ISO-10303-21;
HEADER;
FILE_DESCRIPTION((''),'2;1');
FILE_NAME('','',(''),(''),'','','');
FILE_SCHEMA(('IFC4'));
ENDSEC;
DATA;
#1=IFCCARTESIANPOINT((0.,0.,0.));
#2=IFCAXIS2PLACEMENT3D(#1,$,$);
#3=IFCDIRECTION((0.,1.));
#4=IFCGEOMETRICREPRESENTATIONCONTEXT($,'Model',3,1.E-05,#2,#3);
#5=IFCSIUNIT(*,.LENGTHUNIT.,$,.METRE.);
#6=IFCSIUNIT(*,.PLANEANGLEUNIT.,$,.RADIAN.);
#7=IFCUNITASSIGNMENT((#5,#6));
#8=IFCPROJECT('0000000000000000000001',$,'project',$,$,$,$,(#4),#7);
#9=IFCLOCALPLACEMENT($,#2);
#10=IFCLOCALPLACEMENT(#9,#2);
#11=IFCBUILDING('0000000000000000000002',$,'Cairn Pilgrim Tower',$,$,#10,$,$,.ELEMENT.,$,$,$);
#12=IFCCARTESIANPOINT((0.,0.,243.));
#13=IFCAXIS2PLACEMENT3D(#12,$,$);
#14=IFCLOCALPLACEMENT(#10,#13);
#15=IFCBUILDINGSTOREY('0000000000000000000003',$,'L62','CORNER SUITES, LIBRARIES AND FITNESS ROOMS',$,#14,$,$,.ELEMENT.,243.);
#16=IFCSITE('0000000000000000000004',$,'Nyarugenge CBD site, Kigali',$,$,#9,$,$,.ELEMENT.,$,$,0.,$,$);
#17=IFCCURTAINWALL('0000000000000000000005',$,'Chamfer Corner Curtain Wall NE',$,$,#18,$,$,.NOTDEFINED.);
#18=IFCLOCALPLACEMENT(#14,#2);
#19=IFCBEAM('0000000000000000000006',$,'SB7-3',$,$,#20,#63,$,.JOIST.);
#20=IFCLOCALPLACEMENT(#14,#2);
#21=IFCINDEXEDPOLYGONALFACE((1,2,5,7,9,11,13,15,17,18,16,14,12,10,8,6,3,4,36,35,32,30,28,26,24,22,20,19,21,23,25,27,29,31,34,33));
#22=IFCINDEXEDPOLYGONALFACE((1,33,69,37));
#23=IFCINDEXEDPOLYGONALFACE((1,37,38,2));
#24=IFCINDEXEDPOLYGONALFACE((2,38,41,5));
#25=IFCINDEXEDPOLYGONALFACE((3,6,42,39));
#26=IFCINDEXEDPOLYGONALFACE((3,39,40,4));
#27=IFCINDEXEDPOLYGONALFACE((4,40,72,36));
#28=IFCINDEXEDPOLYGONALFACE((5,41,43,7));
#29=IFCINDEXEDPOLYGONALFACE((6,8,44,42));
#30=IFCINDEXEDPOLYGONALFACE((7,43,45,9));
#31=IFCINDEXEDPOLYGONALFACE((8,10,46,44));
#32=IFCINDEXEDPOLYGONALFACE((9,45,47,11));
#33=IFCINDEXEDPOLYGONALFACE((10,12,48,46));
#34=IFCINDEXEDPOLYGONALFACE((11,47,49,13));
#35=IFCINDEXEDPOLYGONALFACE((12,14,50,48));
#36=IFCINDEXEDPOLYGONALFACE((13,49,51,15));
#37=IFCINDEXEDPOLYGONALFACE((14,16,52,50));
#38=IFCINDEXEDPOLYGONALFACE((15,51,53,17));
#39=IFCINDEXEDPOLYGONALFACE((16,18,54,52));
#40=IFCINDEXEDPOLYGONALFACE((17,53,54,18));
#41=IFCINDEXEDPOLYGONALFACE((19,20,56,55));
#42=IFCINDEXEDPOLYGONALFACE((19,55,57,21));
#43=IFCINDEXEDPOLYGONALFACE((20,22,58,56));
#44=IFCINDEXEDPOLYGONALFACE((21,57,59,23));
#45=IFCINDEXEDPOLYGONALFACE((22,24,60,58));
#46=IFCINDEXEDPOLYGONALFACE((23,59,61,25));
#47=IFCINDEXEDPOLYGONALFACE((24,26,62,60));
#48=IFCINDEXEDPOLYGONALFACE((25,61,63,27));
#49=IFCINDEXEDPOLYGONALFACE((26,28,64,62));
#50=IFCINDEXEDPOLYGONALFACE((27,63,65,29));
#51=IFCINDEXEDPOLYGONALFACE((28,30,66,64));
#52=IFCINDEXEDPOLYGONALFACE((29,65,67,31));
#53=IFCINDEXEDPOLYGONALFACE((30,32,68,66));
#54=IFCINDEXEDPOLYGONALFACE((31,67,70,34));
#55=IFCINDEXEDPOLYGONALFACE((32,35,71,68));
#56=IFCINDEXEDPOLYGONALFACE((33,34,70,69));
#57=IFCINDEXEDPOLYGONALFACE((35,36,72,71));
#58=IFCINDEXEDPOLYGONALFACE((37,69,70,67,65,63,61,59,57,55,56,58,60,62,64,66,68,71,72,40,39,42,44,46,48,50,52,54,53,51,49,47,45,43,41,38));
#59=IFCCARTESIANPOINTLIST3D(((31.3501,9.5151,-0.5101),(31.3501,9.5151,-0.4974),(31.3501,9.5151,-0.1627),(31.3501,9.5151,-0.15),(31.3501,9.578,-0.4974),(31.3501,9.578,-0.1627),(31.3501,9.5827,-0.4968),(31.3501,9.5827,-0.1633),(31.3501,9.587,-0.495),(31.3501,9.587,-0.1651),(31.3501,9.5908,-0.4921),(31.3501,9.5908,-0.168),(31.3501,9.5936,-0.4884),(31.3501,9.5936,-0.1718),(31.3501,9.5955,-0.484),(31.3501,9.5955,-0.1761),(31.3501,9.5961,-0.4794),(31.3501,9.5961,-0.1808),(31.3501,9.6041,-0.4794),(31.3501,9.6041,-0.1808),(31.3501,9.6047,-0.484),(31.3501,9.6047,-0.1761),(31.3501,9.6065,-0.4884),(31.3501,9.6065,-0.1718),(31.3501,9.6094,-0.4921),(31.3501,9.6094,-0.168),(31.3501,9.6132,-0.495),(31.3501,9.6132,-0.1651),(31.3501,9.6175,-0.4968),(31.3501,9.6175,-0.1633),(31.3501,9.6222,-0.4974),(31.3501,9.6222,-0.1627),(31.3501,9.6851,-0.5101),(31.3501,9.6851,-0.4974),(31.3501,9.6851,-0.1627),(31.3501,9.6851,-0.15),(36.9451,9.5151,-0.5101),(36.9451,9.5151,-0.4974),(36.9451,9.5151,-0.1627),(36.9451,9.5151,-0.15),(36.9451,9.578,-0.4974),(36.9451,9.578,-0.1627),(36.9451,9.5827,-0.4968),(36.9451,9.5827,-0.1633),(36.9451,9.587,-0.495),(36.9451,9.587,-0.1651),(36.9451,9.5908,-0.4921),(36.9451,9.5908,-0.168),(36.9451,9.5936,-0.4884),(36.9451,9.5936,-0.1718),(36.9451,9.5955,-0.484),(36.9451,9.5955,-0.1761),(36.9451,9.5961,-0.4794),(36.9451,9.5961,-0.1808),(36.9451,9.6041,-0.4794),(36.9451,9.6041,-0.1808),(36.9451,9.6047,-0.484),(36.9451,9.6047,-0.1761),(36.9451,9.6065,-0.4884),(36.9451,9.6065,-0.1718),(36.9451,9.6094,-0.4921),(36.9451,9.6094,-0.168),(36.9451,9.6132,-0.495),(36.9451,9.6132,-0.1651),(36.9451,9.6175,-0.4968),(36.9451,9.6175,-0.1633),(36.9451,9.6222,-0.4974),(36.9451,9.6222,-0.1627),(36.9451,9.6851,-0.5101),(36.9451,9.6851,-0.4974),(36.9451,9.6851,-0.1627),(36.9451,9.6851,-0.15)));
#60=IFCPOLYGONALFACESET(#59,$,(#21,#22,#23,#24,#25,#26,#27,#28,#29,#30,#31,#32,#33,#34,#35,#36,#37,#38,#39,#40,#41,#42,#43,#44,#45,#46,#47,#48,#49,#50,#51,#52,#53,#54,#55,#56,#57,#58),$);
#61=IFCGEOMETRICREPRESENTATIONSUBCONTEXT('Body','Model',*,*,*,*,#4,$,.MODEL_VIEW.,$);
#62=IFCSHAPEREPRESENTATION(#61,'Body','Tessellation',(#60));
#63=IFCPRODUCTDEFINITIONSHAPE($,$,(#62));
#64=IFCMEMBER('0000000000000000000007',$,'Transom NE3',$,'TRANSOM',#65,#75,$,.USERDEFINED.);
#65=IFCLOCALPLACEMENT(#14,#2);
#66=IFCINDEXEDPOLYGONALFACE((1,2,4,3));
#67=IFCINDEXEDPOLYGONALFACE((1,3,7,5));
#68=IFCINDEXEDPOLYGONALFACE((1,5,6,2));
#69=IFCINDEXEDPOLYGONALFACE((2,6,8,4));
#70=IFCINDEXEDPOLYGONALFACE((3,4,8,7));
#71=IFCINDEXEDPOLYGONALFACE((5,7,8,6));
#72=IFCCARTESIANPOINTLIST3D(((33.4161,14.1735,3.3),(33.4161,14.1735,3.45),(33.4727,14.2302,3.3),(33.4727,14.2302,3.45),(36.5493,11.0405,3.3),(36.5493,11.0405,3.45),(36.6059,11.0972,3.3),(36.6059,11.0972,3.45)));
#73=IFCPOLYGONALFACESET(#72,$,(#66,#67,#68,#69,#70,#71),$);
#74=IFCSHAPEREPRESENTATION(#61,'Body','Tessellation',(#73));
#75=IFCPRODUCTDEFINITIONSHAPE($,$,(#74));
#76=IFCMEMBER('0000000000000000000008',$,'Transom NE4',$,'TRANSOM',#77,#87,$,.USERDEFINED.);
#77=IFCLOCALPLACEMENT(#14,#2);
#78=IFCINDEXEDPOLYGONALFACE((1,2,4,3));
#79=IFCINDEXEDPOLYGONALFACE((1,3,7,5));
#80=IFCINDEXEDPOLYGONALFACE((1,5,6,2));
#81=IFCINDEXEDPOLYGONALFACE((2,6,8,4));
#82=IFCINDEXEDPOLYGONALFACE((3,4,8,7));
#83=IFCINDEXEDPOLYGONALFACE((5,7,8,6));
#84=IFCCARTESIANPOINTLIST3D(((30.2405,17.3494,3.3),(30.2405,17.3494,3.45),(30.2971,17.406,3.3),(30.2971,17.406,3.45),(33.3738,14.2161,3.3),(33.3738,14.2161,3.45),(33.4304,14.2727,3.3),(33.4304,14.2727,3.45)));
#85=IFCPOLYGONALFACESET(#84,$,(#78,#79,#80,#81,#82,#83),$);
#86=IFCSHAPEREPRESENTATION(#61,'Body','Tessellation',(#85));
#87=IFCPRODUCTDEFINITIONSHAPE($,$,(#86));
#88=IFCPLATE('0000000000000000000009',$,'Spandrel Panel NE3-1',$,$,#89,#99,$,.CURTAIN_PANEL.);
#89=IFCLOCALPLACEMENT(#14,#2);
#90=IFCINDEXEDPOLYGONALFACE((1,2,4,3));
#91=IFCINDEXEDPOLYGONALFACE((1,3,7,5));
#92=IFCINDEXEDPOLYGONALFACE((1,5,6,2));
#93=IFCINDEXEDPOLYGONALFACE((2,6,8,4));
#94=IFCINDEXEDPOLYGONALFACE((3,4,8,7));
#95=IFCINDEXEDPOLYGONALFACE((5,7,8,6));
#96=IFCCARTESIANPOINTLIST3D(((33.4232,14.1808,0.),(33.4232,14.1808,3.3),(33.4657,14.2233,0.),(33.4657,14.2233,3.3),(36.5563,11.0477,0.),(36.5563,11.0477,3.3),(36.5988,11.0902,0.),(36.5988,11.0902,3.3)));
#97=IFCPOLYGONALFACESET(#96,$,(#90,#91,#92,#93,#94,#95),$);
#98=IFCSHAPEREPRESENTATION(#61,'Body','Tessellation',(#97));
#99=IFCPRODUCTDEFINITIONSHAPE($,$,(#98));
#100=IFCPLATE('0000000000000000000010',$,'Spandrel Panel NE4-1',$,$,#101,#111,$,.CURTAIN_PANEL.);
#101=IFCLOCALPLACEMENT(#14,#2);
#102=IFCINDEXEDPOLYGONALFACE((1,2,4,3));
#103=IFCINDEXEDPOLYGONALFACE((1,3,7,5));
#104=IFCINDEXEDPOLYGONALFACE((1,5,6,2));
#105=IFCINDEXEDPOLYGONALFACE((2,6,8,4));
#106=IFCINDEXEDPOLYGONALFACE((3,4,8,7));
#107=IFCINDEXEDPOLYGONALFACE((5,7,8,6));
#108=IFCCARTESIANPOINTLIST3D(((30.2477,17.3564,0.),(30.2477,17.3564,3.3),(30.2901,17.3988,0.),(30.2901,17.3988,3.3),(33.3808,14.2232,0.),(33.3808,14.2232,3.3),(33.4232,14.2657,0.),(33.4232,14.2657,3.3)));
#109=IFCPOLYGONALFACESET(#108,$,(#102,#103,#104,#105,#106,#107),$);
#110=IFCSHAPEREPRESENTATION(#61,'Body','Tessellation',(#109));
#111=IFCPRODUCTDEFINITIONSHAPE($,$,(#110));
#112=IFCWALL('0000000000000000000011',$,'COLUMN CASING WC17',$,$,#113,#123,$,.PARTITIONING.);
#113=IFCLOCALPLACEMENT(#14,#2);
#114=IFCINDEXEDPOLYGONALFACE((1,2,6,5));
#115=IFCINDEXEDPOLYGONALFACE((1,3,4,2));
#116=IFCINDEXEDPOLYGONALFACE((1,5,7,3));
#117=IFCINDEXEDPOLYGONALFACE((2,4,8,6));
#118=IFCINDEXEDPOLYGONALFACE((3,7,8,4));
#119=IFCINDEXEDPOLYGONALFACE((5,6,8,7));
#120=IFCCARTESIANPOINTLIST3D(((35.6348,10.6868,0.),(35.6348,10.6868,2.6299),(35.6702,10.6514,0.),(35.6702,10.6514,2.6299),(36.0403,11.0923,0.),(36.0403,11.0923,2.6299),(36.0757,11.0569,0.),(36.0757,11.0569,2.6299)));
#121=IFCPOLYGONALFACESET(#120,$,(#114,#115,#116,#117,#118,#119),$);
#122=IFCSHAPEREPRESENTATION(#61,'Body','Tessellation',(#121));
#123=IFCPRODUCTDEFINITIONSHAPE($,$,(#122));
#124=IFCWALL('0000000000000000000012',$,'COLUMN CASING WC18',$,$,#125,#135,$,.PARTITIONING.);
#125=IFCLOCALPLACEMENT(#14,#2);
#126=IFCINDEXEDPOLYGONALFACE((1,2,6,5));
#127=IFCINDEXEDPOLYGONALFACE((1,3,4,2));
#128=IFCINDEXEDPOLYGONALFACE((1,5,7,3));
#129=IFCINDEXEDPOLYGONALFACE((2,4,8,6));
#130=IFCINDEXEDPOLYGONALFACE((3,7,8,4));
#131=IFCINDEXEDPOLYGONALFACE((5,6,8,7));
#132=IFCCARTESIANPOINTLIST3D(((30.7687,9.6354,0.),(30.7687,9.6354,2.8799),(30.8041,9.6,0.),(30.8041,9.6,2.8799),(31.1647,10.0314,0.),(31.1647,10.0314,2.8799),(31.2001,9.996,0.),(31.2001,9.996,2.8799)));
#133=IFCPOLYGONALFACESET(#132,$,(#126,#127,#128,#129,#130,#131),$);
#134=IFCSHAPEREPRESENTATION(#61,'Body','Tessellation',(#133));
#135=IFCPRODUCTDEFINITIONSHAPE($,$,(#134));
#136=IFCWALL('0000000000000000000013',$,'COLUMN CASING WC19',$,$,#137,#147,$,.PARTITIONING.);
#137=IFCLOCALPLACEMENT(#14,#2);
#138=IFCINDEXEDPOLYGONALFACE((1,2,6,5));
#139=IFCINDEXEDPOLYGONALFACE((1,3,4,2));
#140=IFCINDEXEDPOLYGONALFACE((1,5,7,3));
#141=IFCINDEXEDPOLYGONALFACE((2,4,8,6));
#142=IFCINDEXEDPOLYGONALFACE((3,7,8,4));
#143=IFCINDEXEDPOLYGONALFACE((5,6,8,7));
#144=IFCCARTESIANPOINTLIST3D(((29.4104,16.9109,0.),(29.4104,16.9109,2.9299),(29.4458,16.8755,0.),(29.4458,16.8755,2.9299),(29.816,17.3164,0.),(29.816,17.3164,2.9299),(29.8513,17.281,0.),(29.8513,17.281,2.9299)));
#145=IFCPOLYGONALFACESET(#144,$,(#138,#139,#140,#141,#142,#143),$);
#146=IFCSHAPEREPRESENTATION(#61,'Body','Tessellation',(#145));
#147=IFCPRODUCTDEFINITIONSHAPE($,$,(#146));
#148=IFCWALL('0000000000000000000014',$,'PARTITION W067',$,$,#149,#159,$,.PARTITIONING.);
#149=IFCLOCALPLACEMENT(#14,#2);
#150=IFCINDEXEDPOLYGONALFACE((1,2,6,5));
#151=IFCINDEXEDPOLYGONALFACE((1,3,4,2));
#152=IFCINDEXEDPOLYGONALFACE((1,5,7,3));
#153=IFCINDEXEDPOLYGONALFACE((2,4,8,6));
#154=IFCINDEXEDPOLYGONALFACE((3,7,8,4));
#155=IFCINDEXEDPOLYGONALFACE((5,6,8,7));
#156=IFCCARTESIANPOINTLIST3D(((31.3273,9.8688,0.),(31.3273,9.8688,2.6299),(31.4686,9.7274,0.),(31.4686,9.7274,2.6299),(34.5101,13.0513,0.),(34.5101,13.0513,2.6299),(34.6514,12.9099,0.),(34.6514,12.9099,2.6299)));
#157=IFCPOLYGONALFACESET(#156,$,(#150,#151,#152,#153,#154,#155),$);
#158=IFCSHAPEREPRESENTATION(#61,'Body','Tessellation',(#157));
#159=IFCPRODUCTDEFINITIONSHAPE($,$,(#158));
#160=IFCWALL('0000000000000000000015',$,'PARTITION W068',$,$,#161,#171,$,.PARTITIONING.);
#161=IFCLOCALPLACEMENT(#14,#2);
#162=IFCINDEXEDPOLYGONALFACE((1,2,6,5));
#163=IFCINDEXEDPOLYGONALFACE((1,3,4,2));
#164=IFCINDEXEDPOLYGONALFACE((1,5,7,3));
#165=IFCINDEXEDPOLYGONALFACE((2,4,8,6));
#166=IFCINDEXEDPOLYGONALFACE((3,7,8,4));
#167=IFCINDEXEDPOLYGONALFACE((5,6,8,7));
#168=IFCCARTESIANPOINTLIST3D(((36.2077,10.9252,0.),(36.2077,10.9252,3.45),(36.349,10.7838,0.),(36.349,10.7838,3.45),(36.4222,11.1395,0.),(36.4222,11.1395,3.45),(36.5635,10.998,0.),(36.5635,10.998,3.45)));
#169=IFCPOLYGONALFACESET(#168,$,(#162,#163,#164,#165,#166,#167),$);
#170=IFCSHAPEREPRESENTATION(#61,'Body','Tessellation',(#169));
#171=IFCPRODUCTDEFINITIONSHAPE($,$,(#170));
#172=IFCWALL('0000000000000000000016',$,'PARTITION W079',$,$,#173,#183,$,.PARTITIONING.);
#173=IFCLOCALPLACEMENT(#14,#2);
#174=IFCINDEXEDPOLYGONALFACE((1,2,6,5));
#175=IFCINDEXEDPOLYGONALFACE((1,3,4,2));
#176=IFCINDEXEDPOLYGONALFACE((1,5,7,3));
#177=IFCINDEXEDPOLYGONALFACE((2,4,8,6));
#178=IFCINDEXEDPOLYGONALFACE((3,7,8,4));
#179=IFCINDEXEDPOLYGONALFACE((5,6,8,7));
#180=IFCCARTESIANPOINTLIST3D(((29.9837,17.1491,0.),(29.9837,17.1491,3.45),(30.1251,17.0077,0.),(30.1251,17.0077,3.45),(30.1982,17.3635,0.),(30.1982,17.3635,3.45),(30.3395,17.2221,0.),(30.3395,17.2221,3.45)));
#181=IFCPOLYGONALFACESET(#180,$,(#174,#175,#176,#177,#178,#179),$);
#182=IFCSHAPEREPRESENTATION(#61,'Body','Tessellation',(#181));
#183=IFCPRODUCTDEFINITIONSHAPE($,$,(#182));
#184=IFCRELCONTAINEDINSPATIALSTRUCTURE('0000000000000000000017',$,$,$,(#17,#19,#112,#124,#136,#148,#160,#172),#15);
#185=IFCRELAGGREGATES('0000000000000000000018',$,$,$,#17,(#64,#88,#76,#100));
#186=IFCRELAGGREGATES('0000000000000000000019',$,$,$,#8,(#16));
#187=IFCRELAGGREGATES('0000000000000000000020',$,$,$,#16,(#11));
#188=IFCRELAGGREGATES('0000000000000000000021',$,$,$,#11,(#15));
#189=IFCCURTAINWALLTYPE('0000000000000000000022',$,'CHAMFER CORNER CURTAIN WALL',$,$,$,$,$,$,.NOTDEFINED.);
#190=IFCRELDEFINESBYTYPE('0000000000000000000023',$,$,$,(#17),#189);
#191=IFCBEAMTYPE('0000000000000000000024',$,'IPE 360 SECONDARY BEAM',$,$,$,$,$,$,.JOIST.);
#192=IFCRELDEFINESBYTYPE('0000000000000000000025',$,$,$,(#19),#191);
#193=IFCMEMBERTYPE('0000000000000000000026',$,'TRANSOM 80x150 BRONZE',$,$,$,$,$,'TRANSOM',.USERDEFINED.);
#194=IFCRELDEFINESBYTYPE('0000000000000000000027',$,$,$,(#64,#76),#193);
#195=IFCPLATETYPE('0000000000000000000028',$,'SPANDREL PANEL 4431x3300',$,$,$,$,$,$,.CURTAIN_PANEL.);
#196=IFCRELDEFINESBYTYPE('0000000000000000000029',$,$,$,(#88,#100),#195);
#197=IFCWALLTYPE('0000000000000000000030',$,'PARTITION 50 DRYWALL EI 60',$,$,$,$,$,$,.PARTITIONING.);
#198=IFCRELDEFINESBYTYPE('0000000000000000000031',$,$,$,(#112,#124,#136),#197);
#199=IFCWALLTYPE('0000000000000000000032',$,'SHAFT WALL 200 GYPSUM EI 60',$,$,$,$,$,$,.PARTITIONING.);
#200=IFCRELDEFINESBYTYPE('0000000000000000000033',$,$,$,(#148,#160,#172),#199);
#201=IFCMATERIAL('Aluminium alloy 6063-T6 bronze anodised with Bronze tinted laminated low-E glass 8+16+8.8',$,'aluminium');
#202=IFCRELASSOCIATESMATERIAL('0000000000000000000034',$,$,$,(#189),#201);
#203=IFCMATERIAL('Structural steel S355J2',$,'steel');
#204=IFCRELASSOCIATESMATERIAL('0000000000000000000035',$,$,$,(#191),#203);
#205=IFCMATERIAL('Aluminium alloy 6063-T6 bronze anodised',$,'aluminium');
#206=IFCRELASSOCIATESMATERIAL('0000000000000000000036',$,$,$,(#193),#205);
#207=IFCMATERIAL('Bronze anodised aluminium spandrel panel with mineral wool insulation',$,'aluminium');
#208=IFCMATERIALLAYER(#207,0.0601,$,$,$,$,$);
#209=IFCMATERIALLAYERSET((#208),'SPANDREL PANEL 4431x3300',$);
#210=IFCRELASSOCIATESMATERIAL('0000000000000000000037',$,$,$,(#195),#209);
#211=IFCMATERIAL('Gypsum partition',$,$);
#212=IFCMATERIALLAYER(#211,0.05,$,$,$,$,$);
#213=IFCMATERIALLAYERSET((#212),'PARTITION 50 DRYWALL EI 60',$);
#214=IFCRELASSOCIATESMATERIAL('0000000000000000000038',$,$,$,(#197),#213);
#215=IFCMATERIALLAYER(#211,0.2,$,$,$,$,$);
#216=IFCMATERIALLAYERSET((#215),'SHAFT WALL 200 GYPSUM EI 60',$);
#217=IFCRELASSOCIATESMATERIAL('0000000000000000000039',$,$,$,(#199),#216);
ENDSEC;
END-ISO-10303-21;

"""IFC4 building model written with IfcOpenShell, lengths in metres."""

from ifc_helpers import new_model, si_unit, direction, frame, frame_2d, origin, origin_2d, place, context, subcontext, project, spatial, rectangle, i_section, extrude, material, layer, layer_set, material_profile, profile_set, type_object, element, aggregate, save


model = new_model("IFC4")

# Units and contexts
model_context = context("Model", 3, precision=1e-05, world=origin(), true_north=direction((0.0, 1.0)))
body_context = subcontext(model_context, "Body", "Model", "MODEL_VIEW")
ifc_project = project(units=[si_unit("LENGTHUNIT", "METRE"), si_unit("PLANEANGLEUNIT", "RADIAN")], contexts=[model_context])

# Site, building, storey
site_placement = place(None, origin())
site = spatial("IfcSite", under=ifc_project, at=site_placement, Name="Nyarugenge CBD site, Kigali", CompositionType="ELEMENT", RefElevation=0.0)
building_placement = place(site_placement, origin())
building = spatial("IfcBuilding", under=site, at=building_placement, Name="Cairn Pilgrim Tower", CompositionType="ELEMENT")
storey_placement = place(building_placement, frame((0.0, 0.0, 243.0)))
storey = spatial("IfcBuildingStorey", under=building, at=storey_placement, Name="L62", Description="CORNER SUITES, LIBRARIES AND FITNESS ROOMS", CompositionType="ELEMENT", Elevation=243.0)

# Shared definitions
ifc_material_1 = material(Name="Structural steel S355J2", Category="steel")

# Curtain wall
ifc_material_2 = material(Name="Aluminium alloy 6063-T6 bronze anodised with Bronze tinted laminated low-E glass 8+16+8.8", Category="aluminium")
curtain_wall_type = type_object("IfcCurtainWallType", Name="CHAMFER CORNER CURTAIN WALL", PredefinedType="NOTDEFINED", material=ifc_material_2)
curtain_wall_placement = place(storey_placement, origin())
curtain_wall = element("IfcCurtainWall", 1, at=curtain_wall_placement, inside=storey, type_object=curtain_wall_type, Name="Chamfer Corner Curtain Wall NE", PredefinedType="NOTDEFINED")
ifc_material_3 = material(Name="Aluminium alloy 6063-T6 bronze anodised", Category="aluminium")

# Beam
ifc_material_profile_1 = material_profile(ifc_material_1, i_section(OverallWidth=0.1699, OverallDepth=0.3601, WebThickness=0.0081, FlangeThickness=0.0127, FilletRadius=0.0181, at=origin_2d()), Name="IPE 360")
ifc_profile_set_1 = profile_set([ifc_material_profile_1], Name="Structural steel S355J2")
beam_type_1 = type_object("IfcBeamType", Name="IPE 360 SECONDARY BEAM", PredefinedType="JOIST", material=ifc_profile_set_1)
beam_1_placement = place(storey_placement, frame((31.3501, 9.6001, -0.3301), z_axis=(1.0, 0.0, 0.0), x_axis=(0.0, 1.0, 0.0)))
element("IfcBeam", 2, at=beam_1_placement, inside=storey, type_object=beam_type_1, Name="SB7-3", PredefinedType="JOIST", context=body_context, shape_type="SweptSolid", body=[
    extrude(i_section(OverallWidth=0.1699, OverallDepth=0.3601, WebThickness=0.0081, FlangeThickness=0.0127, FilletRadius=0.0181, at=origin_2d()), origin(), (0.0, 0.0, 1.0), 5.595),
])

# Members
ifc_material_profile_2 = material_profile(ifc_material_3, rectangle(XDim=0.0801, YDim=0.1499, at=origin_2d()), Name="TRANSOM 80x150 BRONZE")
ifc_profile_set_2 = profile_set([ifc_material_profile_2], Name="Aluminium alloy 6063-T6 bronze anodised")
member_type_1 = type_object("IfcMemberType", Name="TRANSOM 80x150 BRONZE", ElementType="TRANSOM", PredefinedType="USERDEFINED", material=ifc_profile_set_2)
member_1_placement = place(storey_placement, frame((36.5776, 11.0688, 3.375), z_axis=(-0.707134, 0.707079, 0.0), x_axis=(-0.707079, -0.707134, 0.0)))
member_1 = element("IfcMember", 3, at=member_1_placement, type_object=member_type_1, Name="Transom NE3", ObjectType="TRANSOM", PredefinedType="USERDEFINED", context=body_context, shape_type="SweptSolid", body=[
    extrude(rectangle(XDim=0.0801, YDim=0.1499, at=origin_2d()), origin(), (0.0, 0.0, 1.0), 4.4309),
])
member_2_placement = place(storey_placement, frame((33.4021, 14.2444, 3.375), z_axis=(-0.707107, 0.707107, 0.0), x_axis=(-0.707107, -0.707107, 0.0)))
member_2 = element("IfcMember", 4, at=member_2_placement, type_object=member_type_1, Name="Transom NE4", ObjectType="TRANSOM", PredefinedType="USERDEFINED", context=body_context, shape_type="SweptSolid", body=[
    extrude(rectangle(XDim=0.0801, YDim=0.1499, at=origin_2d()), origin(), (0.0, 0.0, 1.0), 4.4312),
])

# Plates
ifc_material_4 = material(Name="Bronze anodised aluminium spandrel panel with mineral wool insulation", Category="aluminium")
ifc_layer_1 = layer(ifc_material_4, 0.0601)
ifc_layer_set_1 = layer_set([ifc_layer_1], Name="SPANDREL PANEL 4431x3300")
plate_type = type_object("IfcPlateType", Name="SPANDREL PANEL 4431x3300", PredefinedType="CURTAIN_PANEL", material=ifc_layer_set_1)
plate_1_placement = place(storey_placement, frame((35.011, 12.6355, 0.0), z_axis=(0.0, 0.0, 1.0), x_axis=(-0.707107, 0.707107, 0.0)))
plate_1 = element("IfcPlate", 5, at=plate_1_placement, type_object=plate_type, Name="Spandrel Panel NE3-1", PredefinedType="CURTAIN_PANEL", context=body_context, shape_type="SweptSolid", body=[
    extrude(rectangle(XDim=4.4309, YDim=0.0601, at=origin_2d()), origin(), (0.0, 0.0, 1.0), 3.3),
])
plate_2_placement = place(storey_placement, frame((31.8354, 15.811, 0.0), z_axis=(0.0, 0.0, 1.0), x_axis=(-0.707107, 0.707107, 0.0)))
plate_2 = element("IfcPlate", 6, at=plate_2_placement, type_object=plate_type, Name="Spandrel Panel NE4-1", PredefinedType="CURTAIN_PANEL", context=body_context, shape_type="SweptSolid", body=[
    extrude(rectangle(XDim=4.4309, YDim=0.0601, at=origin_2d()), origin(), (0.0, 0.0, 1.0), 3.3),
])
aggregate(curtain_wall, [member_1, plate_1, member_2, plate_2])

# Walls
ifc_material_5 = material(Name="Gypsum partition")
ifc_layer_2 = layer(ifc_material_5, 0.05)
ifc_layer_set_2 = layer_set([ifc_layer_2], Name="PARTITION 50 DRYWALL EI 60")
wall_type_1 = type_object("IfcWallType", Name="PARTITION 50 DRYWALL EI 60", PredefinedType="PARTITIONING", material=ifc_layer_set_2)
wall_1_placement = place(storey_placement, frame((35.6526, 10.6692, 0.0), z_axis=(0.0, 0.0, 1.0), x_axis=(0.707107, 0.707107, 0.0)))
element("IfcWall", 7, at=wall_1_placement, inside=storey, type_object=wall_type_1, Name="COLUMN CASING WC17", PredefinedType="PARTITIONING", context=body_context, shape_type="SweptSolid", body=[
    extrude(rectangle(XDim=0.5735, YDim=0.05, at=frame_2d((0.2866, 0.0))), origin(), (0.0, 0.0, 1.0), 2.6299),
])
wall_2_placement = place(storey_placement, frame((30.7864, 9.6177, 0.0), z_axis=(0.0, 0.0, 1.0), x_axis=(0.707107, 0.707107, 0.0)))
element("IfcWall", 8, at=wall_2_placement, inside=storey, type_object=wall_type_1, Name="COLUMN CASING WC18", PredefinedType="PARTITIONING", context=body_context, shape_type="SweptSolid", body=[
    extrude(rectangle(XDim=0.5601, YDim=0.05, at=frame_2d((0.28, 0.0))), origin(), (0.0, 0.0, 1.0), 2.8799),
])
wall_3_placement = place(storey_placement, frame((29.4282, 16.8933, 0.0), z_axis=(0.0, 0.0, 1.0), x_axis=(0.707107, 0.707107, 0.0)))
element("IfcWall", 9, at=wall_3_placement, inside=storey, type_object=wall_type_1, Name="COLUMN CASING WC19", PredefinedType="PARTITIONING", context=body_context, shape_type="SweptSolid", body=[
    extrude(rectangle(XDim=0.5735, YDim=0.05, at=frame_2d((0.2866, 0.0))), origin(), (0.0, 0.0, 1.0), 2.9299),
])
ifc_layer_3 = layer(ifc_material_5, 0.2)
ifc_layer_set_3 = layer_set([ifc_layer_3], Name="SHAFT WALL 200 GYPSUM EI 60")
wall_type_2 = type_object("IfcWallType", Name="SHAFT WALL 200 GYPSUM EI 60", PredefinedType="PARTITIONING", material=ifc_layer_set_3)
wall_4_placement = place(storey_placement, frame((31.3979, 9.7981, 0.0), z_axis=(0.0, 0.0, 1.0), x_axis=(0.707134, 0.70708, 0.0)))
element("IfcWall", 10, at=wall_4_placement, inside=storey, type_object=wall_type_2, Name="PARTITION W067", PredefinedType="PARTITIONING", context=body_context, shape_type="SweptSolid", body=[
    extrude(rectangle(XDim=4.501, YDim=0.2, at=frame_2d((2.2505, 0.0))), origin(), (0.0, 0.0, 1.0), 2.6299),
])
for number, where, z_axis, x_axis, name in (
    (11, (36.2783, 10.8545, 0.0), (0.0, 0.0, 1.0), (0.707509, 0.706704, 0.0), "PARTITION W068"),
    (12, (30.0544, 17.0784, 0.0), (0.0, 0.0, 1.0), (0.707107, 0.707107, 0.0), "PARTITION W079"),
):
    element("IfcWall", number, at=place(storey_placement, frame(where, z_axis=z_axis, x_axis=x_axis)), inside=storey, type_object=wall_type_2, Name=name, PredefinedType="PARTITIONING", context=body_context, shape_type="SweptSolid", body=[
        extrude(rectangle(XDim=0.3032, YDim=0.2, at=frame_2d((0.1516, 0.0))), origin(), (0.0, 0.0, 1.0), 3.45),
    ])

save(model, "model.ifc")
